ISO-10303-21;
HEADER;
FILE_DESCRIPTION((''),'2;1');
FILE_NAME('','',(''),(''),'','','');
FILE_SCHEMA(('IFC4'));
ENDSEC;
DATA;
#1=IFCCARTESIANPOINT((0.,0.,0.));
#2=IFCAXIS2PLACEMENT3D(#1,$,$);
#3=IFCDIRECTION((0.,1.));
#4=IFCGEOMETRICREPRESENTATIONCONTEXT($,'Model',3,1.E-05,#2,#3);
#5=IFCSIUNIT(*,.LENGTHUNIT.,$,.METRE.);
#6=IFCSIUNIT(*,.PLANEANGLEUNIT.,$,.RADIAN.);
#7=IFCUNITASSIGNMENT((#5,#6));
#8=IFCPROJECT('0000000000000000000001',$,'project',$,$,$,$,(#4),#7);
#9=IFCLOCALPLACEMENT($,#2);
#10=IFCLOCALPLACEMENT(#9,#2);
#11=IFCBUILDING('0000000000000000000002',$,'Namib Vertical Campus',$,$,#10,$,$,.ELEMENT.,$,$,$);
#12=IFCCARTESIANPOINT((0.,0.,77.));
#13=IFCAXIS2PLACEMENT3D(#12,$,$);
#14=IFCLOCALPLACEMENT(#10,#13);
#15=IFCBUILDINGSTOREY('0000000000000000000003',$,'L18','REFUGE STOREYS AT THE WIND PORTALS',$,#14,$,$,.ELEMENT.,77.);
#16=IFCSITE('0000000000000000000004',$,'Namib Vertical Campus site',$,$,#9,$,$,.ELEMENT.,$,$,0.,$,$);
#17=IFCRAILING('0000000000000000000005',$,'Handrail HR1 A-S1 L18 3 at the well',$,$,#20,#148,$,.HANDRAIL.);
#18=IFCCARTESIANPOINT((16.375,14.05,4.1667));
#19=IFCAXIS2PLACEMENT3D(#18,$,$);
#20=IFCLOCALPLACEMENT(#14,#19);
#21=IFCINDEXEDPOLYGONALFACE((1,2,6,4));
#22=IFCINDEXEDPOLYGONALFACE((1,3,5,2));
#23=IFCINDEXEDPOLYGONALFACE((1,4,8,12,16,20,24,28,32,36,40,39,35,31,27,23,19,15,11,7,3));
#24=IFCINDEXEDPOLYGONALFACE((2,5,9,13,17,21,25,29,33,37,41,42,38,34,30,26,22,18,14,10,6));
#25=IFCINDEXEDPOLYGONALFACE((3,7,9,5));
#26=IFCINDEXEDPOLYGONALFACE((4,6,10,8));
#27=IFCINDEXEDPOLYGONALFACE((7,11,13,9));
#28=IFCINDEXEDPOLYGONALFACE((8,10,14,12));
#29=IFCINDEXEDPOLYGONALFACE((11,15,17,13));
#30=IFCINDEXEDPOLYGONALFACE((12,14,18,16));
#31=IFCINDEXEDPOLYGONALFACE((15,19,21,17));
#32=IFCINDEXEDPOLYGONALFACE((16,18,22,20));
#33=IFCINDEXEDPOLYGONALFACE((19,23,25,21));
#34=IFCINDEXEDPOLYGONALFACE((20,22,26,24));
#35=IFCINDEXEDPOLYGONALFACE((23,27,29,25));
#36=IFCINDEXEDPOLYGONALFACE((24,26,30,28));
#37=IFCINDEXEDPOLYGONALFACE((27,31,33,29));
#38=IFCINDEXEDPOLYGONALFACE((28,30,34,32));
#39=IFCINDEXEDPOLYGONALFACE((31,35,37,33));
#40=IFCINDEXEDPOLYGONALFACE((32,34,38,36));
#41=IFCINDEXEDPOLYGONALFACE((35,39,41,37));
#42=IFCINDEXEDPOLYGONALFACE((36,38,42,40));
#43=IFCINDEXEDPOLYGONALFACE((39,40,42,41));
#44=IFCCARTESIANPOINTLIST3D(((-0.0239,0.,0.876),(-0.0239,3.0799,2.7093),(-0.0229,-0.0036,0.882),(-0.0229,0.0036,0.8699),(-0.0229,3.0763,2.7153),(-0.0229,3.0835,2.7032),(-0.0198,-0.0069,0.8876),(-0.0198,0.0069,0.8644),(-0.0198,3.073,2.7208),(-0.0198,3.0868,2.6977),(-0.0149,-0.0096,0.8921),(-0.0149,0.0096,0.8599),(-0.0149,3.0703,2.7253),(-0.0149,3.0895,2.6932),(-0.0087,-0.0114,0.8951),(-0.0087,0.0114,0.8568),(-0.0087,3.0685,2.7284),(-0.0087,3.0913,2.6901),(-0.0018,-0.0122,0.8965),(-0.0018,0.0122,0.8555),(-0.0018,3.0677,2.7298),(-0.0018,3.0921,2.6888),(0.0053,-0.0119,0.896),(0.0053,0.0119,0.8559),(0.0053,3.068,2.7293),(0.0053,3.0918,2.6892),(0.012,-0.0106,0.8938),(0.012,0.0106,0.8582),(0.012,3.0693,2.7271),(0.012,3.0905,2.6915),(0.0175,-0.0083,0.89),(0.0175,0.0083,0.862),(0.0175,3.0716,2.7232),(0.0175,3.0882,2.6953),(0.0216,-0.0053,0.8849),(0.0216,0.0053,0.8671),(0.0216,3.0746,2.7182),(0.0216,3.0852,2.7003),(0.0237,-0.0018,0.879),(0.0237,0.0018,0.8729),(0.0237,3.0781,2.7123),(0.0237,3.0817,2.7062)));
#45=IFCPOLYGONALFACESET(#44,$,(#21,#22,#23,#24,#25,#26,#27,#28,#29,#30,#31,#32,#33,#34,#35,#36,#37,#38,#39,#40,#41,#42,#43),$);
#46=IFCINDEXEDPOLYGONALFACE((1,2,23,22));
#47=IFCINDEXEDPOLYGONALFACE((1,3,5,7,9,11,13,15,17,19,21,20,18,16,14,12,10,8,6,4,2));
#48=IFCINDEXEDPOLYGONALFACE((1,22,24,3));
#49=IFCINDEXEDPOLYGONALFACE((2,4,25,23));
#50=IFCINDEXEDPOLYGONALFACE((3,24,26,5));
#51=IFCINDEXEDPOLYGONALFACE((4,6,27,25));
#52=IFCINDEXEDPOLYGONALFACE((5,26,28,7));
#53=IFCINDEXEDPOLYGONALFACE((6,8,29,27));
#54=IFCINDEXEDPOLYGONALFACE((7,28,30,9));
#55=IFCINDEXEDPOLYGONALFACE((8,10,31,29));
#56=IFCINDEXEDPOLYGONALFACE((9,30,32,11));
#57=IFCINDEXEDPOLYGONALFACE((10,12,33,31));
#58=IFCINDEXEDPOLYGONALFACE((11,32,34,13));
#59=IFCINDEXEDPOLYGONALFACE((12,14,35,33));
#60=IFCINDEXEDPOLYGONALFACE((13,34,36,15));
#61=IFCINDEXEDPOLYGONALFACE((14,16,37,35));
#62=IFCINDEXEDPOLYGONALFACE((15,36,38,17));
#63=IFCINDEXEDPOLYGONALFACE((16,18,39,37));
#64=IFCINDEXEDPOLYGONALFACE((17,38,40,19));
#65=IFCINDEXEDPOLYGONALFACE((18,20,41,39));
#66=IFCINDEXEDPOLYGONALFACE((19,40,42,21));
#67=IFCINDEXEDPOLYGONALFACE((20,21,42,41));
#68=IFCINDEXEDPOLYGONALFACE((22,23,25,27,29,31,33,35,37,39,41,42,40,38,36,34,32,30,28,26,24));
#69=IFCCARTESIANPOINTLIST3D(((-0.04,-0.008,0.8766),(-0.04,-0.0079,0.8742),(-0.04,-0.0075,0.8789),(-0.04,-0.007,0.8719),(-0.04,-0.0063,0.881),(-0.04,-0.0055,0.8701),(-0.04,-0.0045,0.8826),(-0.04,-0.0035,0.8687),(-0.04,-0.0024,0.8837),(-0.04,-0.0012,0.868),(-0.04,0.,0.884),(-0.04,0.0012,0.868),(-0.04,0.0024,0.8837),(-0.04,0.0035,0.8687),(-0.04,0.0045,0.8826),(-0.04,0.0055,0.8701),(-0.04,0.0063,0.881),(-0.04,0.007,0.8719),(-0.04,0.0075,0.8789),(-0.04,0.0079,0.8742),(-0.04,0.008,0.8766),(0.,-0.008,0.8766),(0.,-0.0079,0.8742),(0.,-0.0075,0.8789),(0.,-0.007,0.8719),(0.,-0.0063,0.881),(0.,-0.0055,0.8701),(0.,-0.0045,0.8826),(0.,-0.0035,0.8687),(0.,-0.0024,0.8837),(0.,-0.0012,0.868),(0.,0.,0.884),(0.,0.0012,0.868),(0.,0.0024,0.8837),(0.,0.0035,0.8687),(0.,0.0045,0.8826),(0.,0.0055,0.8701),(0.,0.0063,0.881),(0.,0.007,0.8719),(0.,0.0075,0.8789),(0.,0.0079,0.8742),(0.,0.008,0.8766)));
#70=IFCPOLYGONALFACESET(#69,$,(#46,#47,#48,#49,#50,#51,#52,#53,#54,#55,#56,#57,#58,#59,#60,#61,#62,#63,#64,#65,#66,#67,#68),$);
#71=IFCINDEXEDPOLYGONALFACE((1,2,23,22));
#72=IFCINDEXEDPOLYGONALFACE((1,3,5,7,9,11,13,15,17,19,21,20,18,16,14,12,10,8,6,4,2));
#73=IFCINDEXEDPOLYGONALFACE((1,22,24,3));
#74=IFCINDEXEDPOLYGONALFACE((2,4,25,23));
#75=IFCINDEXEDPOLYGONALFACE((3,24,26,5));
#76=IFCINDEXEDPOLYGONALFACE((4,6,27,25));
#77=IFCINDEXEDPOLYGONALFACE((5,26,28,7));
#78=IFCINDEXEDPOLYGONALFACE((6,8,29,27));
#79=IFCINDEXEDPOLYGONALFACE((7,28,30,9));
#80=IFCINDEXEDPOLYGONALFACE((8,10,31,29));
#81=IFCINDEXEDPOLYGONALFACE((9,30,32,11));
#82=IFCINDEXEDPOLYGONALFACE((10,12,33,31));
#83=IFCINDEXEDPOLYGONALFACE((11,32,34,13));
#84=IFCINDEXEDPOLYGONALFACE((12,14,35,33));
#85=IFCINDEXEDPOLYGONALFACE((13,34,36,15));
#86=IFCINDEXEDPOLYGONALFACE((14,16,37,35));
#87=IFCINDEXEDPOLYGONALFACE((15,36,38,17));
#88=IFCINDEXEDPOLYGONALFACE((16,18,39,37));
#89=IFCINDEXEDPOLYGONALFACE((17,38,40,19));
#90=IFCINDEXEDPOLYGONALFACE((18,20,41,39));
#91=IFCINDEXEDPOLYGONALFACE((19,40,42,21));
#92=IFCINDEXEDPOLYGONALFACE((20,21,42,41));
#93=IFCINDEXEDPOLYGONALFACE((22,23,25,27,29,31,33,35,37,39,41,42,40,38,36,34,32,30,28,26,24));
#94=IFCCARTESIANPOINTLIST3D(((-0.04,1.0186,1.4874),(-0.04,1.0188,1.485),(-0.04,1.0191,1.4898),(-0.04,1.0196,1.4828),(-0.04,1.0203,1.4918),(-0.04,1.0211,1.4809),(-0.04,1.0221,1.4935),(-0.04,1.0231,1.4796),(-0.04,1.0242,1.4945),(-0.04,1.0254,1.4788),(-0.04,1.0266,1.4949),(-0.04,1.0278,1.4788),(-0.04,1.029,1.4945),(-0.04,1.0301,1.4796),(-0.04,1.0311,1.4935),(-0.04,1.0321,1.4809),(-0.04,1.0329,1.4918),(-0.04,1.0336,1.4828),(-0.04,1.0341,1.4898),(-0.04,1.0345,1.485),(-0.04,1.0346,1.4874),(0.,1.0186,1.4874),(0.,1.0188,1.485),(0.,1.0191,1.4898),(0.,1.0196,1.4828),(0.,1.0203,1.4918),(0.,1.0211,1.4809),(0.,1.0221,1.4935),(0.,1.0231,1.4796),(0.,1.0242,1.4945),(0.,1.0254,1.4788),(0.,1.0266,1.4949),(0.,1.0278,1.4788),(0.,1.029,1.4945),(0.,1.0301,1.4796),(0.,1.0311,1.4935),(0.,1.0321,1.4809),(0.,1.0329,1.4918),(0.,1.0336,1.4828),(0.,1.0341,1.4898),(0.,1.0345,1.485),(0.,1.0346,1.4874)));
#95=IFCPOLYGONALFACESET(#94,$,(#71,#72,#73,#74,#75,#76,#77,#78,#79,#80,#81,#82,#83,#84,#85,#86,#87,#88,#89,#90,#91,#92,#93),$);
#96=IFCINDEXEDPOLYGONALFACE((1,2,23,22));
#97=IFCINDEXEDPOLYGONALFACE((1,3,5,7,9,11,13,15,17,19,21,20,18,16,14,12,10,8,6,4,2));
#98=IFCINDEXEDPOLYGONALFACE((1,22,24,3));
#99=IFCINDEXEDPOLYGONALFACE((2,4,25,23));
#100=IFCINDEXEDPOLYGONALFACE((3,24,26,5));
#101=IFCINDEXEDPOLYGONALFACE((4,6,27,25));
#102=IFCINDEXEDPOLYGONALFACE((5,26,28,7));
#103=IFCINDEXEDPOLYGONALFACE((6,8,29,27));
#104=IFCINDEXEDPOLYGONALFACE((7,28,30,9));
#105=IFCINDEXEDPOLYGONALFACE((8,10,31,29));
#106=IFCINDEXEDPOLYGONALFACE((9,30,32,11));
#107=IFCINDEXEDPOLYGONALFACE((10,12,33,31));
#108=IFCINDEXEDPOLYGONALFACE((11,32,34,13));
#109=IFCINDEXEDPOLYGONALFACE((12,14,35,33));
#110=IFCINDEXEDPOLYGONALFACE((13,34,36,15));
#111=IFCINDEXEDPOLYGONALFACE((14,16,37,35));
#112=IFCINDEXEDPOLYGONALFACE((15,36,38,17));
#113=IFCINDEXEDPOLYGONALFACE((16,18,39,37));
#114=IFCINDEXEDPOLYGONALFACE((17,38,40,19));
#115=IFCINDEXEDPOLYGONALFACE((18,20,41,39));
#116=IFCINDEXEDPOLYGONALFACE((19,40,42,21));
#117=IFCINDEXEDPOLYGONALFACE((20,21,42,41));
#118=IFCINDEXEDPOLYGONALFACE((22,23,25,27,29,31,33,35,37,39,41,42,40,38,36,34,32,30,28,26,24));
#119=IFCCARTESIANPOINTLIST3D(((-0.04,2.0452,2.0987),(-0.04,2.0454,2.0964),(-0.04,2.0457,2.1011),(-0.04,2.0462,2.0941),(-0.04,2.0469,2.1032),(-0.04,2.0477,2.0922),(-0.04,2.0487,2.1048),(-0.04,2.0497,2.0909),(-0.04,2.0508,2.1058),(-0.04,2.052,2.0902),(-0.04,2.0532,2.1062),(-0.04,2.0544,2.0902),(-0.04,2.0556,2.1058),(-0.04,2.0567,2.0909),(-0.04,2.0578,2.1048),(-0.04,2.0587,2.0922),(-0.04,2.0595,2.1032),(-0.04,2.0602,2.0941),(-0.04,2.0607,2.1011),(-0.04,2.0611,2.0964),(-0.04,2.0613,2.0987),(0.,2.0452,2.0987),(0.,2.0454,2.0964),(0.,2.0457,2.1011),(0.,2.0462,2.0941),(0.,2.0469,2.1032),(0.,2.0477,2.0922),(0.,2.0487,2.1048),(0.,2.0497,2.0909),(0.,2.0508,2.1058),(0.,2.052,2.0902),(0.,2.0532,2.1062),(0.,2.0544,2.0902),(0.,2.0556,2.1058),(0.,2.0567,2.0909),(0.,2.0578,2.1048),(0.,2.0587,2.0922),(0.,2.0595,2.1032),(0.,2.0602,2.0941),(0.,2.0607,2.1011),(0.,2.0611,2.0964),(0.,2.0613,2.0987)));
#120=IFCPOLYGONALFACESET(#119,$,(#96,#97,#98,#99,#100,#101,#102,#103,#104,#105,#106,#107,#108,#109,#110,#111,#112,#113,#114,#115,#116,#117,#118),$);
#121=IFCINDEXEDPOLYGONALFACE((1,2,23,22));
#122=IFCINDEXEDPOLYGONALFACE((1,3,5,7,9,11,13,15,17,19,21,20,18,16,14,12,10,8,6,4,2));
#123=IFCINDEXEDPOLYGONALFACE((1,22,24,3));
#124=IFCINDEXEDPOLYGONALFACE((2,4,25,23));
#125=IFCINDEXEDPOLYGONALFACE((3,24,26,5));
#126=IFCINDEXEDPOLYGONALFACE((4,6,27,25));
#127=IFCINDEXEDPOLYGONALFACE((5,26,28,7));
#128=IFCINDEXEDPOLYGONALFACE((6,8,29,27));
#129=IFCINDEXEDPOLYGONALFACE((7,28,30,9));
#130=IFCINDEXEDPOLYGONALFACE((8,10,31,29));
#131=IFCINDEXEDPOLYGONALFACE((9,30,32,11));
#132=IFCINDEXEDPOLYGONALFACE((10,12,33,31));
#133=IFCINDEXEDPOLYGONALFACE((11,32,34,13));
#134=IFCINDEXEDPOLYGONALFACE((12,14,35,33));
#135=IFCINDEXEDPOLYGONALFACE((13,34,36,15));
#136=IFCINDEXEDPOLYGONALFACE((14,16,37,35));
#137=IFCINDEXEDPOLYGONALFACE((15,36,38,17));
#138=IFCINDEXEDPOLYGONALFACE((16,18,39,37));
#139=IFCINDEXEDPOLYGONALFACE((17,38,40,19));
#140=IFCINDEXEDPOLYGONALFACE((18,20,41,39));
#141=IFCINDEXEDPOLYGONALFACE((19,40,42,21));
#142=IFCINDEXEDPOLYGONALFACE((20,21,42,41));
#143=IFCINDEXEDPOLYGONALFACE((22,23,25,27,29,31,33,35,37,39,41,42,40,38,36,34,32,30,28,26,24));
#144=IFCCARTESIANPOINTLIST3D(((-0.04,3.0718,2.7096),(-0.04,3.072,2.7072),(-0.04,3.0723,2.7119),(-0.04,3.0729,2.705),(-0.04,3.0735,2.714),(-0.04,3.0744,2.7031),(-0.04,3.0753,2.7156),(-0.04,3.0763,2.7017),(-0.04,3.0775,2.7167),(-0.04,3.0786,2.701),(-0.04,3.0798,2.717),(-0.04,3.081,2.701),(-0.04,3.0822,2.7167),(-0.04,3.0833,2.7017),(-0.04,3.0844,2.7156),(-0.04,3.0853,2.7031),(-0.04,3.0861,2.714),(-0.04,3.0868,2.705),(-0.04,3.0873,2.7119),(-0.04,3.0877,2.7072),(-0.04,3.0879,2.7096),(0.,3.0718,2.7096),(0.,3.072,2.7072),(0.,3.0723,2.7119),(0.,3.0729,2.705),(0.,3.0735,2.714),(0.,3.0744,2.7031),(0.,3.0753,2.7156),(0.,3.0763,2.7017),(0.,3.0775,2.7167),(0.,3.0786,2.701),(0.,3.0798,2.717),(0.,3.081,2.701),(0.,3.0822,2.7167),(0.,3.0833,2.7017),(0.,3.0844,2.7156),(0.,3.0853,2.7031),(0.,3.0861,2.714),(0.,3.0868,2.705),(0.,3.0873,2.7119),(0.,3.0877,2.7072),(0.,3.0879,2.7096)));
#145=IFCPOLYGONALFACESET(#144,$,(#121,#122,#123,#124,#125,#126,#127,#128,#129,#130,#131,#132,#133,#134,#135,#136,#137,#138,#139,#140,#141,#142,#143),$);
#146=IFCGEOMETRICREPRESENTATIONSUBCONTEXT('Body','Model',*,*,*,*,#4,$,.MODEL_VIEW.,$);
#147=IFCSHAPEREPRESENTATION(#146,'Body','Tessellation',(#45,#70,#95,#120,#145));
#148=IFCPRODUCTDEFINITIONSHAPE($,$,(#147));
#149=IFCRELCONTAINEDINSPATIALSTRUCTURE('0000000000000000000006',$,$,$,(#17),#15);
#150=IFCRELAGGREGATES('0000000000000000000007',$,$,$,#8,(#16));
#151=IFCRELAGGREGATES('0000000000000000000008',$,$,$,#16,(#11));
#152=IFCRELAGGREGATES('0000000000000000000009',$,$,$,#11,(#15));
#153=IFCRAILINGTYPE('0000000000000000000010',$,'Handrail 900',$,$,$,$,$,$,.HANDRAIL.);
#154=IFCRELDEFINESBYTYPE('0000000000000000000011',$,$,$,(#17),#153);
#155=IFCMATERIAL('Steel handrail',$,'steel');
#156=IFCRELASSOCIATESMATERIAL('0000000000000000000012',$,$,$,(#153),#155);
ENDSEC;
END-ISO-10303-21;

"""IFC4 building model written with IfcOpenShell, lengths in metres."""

from ifc_helpers import new_model, si_unit, direction, frame, origin, origin_2d, place, context, subcontext, project, spatial, circle, extrude, material, type_object, element, save


model = new_model("IFC4")

# Units and contexts
model_context = context("Model", 3, precision=1e-05, world=origin(), true_north=direction((0.0, 1.0)))
body_context = subcontext(model_context, "Body", "Model", "MODEL_VIEW")
ifc_project = project(units=[si_unit("LENGTHUNIT", "METRE"), si_unit("PLANEANGLEUNIT", "RADIAN")], contexts=[model_context])

# Site, building, storey
site_placement = place(None, origin())
site = spatial("IfcSite", under=ifc_project, at=site_placement, Name="Namib Vertical Campus site", CompositionType="ELEMENT", RefElevation=0.0)
building_placement = place(site_placement, origin())
building = spatial("IfcBuilding", under=site, at=building_placement, Name="Namib Vertical Campus", CompositionType="ELEMENT")
storey_placement = place(building_placement, frame((0.0, 0.0, 77.0)))
storey = spatial("IfcBuildingStorey", under=building, at=storey_placement, Name="L18", Description="REFUGE STOREYS AT THE WIND PORTALS", CompositionType="ELEMENT", Elevation=77.0)

# Railing
ifc_material_1 = material(Name="Steel handrail", Category="steel")
railing_type_1 = type_object("IfcRailingType", Name="Handrail 900", PredefinedType="HANDRAIL", material=ifc_material_1)
railing_1_placement = place(storey_placement, frame((16.375, 14.05, 4.1667)))
element("IfcRailing", 1, at=railing_1_placement, inside=storey, type_object=railing_type_1, Name="Handrail HR1 A-S1 L18 3 at the well", PredefinedType="HANDRAIL", context=body_context, shape_type="SweptSolid", body=[
    extrude(circle(Radius=0.0239, at=origin_2d()), frame((0.0, 0.0, 0.876), z_axis=(0.0, 0.859291, 0.511487), x_axis=(-1.0, 0.0, 0.0)), (0.0, 0.0, 1.0), 3.5842),
    extrude(circle(Radius=0.0081, at=origin_2d()), frame((0.0, 0.0, 0.876), z_axis=(-1.0, 0.0, 0.0), x_axis=(0.0, 0.0, 1.0)), (0.0, 0.0, 1.0), 0.04),
    extrude(circle(Radius=0.0081, at=origin_2d()), frame((0.0, 1.0266, 1.4868), z_axis=(-1.0, 0.0, 0.0), x_axis=(0.0, 0.0, 1.0)), (0.0, 0.0, 1.0), 0.04),
    extrude(circle(Radius=0.0081, at=origin_2d()), frame((0.0, 2.0532, 2.0981), z_axis=(-1.0, 0.0, 0.0), x_axis=(0.0, 0.0, 1.0)), (0.0, 0.0, 1.0), 0.04),
    extrude(circle(Radius=0.0081, at=origin_2d()), frame((0.0, 3.0798, 2.709), z_axis=(-1.0, 0.0, 0.0), x_axis=(0.0, 0.0, 1.0)), (0.0, 0.0, 1.0), 0.04),
])

save(model, "model.ifc")
